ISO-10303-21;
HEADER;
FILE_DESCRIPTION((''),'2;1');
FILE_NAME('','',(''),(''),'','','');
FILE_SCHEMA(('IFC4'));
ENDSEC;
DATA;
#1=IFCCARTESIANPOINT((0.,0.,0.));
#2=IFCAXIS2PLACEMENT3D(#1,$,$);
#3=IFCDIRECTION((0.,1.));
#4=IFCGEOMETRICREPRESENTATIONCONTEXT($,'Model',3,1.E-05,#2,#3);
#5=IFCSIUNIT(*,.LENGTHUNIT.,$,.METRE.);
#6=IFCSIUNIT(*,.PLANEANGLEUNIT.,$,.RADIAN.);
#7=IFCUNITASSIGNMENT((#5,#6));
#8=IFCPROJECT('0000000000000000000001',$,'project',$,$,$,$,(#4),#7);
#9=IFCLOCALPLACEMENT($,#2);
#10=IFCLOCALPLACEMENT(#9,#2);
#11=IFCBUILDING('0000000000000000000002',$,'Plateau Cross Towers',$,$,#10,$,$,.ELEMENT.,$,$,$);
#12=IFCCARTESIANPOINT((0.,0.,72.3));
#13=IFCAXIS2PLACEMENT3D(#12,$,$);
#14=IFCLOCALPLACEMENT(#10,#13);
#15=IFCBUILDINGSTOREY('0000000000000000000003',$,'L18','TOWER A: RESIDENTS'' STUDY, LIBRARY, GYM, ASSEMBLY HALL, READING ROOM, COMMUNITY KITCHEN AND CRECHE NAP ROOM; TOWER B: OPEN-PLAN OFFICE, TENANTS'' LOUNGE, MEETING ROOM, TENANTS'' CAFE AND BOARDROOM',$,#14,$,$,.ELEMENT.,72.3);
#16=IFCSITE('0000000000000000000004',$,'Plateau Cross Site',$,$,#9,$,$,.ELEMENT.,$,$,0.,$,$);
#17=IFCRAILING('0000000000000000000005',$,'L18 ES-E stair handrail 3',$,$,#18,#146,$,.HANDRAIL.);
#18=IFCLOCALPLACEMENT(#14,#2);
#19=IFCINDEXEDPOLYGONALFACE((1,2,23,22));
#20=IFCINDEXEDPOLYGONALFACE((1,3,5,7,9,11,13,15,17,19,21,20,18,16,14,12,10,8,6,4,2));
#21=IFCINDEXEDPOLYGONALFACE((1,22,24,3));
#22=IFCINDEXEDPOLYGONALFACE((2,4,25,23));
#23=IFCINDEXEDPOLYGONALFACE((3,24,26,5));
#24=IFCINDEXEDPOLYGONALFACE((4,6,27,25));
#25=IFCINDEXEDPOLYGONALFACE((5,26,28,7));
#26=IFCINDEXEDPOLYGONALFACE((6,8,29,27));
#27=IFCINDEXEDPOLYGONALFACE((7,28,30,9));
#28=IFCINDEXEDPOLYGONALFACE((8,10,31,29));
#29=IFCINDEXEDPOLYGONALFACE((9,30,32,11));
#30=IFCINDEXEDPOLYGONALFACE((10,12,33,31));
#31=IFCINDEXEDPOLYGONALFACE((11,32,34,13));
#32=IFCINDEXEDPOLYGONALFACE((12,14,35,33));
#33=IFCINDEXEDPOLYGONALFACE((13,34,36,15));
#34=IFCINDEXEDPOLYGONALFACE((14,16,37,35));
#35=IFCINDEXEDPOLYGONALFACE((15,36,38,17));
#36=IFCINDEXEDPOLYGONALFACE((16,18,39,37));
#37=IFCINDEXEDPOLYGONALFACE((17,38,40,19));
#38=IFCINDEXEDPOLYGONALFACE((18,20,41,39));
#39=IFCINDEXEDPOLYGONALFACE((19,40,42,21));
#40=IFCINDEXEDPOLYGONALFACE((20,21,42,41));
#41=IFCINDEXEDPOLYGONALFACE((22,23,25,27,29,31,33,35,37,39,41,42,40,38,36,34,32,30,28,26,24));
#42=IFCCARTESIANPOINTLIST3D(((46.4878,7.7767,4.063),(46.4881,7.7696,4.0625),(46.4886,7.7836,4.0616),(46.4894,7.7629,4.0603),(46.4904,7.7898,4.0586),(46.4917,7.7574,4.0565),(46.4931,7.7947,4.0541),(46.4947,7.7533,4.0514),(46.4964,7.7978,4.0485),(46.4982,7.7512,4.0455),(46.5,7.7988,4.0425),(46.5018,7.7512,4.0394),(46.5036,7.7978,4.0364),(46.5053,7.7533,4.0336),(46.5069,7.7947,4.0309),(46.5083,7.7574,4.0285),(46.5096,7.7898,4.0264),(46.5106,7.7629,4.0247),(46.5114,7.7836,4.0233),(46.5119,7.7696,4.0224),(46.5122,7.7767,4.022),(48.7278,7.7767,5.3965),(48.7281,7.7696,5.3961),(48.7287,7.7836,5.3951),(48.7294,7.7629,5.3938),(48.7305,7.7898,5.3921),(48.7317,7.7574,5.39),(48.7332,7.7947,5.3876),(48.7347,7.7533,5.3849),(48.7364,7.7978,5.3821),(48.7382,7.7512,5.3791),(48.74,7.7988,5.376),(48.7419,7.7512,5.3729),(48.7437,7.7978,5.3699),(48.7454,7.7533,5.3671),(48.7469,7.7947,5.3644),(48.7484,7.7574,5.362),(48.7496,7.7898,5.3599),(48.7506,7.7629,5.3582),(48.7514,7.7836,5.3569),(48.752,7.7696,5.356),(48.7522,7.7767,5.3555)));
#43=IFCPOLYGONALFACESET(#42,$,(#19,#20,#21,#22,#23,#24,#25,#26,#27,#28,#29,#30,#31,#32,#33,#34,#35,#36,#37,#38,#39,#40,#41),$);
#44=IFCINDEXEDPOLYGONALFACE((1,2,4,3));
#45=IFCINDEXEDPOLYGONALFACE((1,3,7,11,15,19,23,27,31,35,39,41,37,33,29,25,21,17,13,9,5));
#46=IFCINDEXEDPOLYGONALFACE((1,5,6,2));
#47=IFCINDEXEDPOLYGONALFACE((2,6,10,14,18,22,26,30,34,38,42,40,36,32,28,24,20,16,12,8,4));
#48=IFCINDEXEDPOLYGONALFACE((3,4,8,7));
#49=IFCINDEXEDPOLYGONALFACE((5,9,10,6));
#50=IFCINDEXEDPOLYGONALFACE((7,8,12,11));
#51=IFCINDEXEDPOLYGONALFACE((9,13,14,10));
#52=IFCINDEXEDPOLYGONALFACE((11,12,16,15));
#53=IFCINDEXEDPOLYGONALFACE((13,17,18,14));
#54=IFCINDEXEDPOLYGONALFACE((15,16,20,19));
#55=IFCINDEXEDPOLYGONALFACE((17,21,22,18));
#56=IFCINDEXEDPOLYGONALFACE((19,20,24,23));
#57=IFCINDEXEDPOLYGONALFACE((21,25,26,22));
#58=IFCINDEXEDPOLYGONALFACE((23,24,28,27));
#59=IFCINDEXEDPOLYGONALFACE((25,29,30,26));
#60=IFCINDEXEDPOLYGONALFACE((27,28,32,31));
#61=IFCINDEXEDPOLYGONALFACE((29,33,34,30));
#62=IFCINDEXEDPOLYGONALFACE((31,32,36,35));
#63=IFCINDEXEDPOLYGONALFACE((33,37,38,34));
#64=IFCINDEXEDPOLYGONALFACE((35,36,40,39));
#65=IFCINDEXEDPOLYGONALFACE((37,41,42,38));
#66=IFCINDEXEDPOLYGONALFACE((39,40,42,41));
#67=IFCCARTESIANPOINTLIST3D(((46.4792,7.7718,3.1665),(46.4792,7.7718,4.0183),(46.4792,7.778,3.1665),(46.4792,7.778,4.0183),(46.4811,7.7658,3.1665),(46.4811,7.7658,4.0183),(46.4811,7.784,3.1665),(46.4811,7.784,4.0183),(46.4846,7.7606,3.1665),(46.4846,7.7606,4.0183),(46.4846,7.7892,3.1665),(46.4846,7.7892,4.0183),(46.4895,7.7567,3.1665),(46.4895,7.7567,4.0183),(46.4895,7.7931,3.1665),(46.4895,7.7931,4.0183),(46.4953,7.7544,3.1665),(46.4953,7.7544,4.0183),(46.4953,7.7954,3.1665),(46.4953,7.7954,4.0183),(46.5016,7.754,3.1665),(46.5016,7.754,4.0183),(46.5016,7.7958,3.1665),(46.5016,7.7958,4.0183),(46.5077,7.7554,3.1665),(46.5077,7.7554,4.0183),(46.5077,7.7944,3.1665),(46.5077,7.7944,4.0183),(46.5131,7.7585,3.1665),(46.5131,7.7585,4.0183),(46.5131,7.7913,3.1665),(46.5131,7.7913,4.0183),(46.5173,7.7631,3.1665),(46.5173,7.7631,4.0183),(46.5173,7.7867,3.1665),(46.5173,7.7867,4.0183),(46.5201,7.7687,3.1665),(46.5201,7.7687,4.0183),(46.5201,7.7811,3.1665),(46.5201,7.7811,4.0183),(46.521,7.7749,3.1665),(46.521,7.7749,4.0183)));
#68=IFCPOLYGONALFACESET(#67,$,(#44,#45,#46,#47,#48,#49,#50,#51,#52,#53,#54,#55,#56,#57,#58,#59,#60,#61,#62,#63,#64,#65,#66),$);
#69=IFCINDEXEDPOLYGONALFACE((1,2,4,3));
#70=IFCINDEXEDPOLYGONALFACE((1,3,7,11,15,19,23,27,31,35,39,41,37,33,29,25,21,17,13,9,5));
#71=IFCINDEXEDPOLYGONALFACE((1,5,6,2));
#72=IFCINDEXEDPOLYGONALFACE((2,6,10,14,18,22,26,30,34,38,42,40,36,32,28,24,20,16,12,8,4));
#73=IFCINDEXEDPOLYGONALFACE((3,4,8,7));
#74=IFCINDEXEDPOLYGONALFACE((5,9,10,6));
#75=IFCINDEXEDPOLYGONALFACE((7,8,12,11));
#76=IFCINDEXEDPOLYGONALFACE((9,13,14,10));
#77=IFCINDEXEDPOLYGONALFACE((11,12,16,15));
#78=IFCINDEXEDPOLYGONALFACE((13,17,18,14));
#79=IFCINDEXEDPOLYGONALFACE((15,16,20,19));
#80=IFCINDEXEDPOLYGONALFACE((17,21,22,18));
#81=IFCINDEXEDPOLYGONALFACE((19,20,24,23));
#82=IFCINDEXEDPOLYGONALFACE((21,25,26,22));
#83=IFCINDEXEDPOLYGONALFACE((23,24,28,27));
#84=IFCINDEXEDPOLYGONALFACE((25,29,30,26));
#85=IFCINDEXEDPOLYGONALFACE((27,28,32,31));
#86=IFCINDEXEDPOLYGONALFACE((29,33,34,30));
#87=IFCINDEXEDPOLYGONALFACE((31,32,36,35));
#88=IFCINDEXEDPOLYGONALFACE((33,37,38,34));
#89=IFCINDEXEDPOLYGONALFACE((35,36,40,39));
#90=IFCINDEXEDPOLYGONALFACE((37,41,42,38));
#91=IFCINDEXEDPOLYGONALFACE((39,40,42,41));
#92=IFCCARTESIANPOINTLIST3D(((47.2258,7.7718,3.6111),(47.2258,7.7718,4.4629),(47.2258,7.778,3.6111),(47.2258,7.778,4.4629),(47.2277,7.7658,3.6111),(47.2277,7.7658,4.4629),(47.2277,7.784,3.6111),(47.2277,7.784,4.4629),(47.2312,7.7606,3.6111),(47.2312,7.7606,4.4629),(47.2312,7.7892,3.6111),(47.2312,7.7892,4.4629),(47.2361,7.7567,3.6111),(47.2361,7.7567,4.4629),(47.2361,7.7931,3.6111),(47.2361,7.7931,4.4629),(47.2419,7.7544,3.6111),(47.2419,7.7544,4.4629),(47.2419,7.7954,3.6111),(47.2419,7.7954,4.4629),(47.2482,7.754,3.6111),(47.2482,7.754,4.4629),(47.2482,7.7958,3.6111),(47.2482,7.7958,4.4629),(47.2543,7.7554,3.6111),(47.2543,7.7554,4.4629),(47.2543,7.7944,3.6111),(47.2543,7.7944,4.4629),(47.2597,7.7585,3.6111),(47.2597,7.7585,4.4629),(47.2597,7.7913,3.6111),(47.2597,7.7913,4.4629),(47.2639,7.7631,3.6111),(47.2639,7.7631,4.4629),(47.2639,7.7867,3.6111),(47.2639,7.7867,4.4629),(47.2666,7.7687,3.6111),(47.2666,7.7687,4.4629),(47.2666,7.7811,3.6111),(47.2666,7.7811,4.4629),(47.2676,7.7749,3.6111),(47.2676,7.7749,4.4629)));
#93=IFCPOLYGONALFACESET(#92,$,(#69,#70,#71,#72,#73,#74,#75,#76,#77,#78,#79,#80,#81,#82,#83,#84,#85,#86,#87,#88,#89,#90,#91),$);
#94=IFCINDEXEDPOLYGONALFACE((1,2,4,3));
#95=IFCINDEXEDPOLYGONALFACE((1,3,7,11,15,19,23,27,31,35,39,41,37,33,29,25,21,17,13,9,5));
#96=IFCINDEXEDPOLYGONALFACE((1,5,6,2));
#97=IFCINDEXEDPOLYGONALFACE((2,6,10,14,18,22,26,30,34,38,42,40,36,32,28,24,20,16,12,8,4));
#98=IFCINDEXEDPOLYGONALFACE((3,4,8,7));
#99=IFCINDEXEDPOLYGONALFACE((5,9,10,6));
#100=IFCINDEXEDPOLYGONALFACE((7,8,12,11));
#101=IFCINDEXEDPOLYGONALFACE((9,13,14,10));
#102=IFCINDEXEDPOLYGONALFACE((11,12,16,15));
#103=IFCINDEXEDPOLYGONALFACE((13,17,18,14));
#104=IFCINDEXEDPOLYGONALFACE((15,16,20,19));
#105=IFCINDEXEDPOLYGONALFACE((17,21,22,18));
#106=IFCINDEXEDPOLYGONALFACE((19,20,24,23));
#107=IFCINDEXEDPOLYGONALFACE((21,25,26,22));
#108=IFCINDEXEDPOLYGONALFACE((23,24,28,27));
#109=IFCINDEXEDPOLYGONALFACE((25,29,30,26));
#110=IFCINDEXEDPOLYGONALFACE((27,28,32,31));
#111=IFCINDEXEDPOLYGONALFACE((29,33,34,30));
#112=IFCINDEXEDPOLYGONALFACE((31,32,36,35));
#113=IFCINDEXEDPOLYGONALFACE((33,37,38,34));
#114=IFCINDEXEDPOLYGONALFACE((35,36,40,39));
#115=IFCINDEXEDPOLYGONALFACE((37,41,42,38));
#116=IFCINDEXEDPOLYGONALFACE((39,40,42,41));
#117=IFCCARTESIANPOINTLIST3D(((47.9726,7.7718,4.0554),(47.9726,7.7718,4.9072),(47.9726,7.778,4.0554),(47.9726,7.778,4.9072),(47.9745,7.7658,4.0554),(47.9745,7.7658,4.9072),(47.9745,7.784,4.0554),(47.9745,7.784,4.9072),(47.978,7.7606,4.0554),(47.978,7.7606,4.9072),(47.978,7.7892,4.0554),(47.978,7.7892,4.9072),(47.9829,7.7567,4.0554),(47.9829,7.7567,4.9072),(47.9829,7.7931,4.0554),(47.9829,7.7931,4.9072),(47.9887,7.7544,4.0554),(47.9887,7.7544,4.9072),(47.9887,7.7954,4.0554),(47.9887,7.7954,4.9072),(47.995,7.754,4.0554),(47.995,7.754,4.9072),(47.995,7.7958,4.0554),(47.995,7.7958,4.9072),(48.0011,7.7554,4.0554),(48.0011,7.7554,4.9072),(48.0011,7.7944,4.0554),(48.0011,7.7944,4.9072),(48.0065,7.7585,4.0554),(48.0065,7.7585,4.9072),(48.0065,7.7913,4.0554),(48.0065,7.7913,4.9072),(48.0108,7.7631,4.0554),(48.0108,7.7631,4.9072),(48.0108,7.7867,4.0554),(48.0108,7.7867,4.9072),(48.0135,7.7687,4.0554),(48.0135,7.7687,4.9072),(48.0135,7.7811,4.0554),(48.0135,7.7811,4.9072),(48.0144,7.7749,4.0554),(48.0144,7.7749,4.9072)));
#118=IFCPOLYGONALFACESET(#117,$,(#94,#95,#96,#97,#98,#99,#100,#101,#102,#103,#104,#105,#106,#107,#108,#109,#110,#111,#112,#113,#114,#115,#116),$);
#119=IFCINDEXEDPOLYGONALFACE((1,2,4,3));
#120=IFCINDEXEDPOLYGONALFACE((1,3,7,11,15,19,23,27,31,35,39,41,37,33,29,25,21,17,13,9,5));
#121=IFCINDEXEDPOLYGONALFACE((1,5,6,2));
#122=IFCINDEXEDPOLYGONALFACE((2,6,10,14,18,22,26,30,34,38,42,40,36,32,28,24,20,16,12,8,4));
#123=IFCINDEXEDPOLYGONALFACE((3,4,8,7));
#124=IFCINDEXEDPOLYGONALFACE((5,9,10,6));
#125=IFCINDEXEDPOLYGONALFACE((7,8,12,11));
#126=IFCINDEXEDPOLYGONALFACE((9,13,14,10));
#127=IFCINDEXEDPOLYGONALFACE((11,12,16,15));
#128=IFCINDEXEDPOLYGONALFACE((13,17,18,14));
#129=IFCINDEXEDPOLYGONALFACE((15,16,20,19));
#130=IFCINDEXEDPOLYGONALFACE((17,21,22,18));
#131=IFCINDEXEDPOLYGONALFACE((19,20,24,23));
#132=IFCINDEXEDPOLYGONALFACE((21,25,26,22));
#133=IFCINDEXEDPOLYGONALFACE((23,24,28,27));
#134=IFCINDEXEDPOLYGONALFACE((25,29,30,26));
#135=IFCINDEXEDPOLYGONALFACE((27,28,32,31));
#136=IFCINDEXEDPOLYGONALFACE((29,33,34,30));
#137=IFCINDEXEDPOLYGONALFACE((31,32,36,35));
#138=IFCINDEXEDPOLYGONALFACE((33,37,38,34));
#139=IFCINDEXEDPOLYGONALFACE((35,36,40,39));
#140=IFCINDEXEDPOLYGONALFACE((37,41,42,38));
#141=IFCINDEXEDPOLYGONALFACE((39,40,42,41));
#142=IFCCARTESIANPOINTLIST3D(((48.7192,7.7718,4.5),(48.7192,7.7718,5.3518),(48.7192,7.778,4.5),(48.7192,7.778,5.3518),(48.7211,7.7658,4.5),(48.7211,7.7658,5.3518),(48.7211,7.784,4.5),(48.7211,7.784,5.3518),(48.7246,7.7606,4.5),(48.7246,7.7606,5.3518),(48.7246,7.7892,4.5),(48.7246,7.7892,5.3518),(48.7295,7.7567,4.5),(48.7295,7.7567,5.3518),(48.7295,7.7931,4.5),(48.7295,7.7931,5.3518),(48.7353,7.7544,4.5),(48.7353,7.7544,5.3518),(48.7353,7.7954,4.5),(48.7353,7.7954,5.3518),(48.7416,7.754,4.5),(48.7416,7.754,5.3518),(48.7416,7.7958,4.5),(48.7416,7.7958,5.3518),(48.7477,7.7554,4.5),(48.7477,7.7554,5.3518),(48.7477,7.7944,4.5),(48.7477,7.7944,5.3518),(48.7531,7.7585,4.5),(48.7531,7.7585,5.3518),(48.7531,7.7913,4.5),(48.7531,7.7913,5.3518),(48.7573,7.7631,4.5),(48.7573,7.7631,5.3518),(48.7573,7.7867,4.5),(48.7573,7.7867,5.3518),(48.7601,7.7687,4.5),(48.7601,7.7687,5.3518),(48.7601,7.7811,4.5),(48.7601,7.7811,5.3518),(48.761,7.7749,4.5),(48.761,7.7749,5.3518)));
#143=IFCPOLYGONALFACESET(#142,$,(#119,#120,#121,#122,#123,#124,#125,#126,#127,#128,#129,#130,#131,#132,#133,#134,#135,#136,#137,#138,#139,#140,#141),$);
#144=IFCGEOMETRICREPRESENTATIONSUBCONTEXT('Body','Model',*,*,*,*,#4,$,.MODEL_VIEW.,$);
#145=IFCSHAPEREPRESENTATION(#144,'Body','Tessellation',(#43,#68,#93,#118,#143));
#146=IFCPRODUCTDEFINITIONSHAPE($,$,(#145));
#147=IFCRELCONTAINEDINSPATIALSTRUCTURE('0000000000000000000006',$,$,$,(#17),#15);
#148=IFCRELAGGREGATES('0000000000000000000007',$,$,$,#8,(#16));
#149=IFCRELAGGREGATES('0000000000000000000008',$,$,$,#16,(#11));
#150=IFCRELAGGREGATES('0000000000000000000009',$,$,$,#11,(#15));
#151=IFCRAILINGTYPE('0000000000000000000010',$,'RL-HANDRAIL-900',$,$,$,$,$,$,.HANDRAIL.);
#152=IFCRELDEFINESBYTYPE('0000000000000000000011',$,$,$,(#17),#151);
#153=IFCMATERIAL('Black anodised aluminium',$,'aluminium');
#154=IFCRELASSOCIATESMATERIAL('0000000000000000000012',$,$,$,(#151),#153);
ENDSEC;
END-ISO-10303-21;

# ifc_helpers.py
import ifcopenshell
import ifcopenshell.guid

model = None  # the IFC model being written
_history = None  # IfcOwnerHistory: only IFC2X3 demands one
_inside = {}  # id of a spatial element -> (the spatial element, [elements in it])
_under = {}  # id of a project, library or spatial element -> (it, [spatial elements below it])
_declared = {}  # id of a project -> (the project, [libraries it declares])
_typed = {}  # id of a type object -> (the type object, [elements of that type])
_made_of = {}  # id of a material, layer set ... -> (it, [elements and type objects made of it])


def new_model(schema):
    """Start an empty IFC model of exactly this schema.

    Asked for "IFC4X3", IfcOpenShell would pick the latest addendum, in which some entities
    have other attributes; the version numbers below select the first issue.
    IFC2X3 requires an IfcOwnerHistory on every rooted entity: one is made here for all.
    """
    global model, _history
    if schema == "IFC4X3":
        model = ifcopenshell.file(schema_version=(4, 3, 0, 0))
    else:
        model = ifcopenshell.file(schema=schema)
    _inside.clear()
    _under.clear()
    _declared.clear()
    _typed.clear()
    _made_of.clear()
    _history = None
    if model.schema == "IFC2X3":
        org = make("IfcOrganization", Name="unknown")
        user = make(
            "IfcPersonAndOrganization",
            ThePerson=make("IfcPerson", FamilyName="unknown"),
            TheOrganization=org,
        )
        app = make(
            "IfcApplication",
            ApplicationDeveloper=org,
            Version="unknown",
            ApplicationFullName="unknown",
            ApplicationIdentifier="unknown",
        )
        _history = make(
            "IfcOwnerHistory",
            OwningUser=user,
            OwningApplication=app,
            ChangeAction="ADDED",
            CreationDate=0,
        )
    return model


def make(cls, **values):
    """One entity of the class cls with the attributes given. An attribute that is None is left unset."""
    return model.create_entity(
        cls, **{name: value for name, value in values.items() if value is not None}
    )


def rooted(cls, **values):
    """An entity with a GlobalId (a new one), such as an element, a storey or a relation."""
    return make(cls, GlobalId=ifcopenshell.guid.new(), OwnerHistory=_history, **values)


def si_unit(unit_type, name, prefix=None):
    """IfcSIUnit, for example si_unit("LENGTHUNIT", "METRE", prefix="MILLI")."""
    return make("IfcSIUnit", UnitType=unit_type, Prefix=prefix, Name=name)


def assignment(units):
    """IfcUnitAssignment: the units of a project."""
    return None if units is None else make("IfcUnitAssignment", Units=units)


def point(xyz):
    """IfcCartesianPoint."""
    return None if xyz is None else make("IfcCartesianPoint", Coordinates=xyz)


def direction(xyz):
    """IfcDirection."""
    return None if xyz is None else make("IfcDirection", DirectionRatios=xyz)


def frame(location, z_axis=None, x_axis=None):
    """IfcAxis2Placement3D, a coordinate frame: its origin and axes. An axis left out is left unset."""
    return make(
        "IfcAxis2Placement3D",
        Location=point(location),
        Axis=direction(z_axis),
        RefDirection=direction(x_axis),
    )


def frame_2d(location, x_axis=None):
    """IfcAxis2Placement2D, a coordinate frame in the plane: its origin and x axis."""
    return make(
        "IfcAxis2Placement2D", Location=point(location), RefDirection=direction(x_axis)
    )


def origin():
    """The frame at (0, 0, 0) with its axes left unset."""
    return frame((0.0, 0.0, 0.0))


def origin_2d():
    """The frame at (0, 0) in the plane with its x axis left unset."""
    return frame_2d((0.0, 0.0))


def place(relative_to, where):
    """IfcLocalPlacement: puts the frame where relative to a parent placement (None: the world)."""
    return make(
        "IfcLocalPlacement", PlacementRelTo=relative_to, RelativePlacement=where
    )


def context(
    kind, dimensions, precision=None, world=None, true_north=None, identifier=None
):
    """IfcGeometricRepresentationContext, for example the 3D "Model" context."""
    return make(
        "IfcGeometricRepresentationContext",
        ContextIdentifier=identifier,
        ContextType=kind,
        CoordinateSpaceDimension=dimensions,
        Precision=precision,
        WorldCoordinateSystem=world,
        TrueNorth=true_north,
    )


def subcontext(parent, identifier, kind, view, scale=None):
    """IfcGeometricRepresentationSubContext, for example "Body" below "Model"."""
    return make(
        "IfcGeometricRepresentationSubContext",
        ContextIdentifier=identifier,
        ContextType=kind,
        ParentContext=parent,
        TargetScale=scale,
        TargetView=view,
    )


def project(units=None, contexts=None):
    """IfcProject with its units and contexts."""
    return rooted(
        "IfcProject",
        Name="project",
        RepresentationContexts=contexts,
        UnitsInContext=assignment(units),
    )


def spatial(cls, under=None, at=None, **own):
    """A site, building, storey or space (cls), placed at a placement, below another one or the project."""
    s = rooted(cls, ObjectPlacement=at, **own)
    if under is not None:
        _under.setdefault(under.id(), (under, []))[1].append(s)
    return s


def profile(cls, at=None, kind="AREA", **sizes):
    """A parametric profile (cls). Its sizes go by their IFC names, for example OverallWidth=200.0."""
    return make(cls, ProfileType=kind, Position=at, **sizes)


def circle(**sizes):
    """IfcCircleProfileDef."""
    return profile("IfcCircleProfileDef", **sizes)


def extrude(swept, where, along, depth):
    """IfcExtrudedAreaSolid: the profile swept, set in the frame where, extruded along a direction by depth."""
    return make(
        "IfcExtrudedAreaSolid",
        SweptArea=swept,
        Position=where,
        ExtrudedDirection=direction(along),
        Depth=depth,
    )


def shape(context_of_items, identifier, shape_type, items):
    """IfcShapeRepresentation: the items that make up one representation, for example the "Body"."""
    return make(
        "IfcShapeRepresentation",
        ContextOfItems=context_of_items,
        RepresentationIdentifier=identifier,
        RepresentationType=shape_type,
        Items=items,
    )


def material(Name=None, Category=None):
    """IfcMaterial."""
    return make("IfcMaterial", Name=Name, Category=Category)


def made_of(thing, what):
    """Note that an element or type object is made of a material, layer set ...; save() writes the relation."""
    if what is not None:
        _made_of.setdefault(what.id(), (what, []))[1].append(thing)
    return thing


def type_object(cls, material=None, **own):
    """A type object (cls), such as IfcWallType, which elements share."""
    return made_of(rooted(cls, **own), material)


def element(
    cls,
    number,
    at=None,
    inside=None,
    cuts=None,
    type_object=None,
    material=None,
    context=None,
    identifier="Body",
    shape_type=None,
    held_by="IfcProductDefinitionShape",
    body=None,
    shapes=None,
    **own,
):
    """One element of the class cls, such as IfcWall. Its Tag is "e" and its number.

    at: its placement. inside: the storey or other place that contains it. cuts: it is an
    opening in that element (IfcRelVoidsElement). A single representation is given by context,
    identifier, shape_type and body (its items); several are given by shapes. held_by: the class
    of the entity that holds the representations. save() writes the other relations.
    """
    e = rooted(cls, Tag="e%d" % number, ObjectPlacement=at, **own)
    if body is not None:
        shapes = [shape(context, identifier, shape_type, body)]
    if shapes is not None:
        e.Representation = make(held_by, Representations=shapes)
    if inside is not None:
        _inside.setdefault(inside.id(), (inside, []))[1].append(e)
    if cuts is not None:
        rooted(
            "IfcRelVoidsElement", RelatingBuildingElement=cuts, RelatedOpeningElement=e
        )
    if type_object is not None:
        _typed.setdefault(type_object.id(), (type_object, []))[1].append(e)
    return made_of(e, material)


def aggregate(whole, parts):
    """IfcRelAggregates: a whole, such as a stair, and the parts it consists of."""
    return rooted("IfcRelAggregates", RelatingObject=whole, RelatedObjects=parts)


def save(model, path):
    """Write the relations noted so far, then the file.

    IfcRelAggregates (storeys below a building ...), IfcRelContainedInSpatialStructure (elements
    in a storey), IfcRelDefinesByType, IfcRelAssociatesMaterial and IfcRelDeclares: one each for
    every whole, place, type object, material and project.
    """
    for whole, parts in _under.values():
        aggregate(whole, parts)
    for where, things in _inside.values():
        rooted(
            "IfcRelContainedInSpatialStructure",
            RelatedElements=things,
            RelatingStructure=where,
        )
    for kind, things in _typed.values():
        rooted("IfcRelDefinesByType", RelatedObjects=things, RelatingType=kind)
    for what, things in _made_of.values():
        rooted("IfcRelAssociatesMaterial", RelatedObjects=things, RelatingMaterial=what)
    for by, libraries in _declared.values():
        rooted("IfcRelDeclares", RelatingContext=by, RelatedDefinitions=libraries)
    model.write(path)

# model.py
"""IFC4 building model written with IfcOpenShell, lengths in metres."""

from ifc_helpers import new_model, si_unit, direction, frame, origin, origin_2d, place, context, subcontext, project, spatial, circle, extrude, material, type_object, element, save


model = new_model("IFC4")

# Units and contexts
model_context = context("Model", 3, precision=1e-05, world=origin(), true_north=direction((0.0, 1.0)))
body_context = subcontext(model_context, "Body", "Model", "MODEL_VIEW")
ifc_project = project(units=[si_unit("LENGTHUNIT", "METRE"), si_unit("PLANEANGLEUNIT", "RADIAN")], contexts=[model_context])

# Site, building, storey
site_placement = place(None, origin())
site = spatial("IfcSite", under=ifc_project, at=site_placement, Name="Plateau Cross Site", CompositionType="ELEMENT", RefElevation=0.0)
building_placement = place(site_placement, origin())
building = spatial("IfcBuilding", under=site, at=building_placement, Name="Plateau Cross Towers", CompositionType="ELEMENT")
storey_placement = place(building_placement, frame((0.0, 0.0, 72.3)))
storey = spatial("IfcBuildingStorey", under=building, at=storey_placement, Name="L18", Description="TOWER A: RESIDENTS' STUDY, LIBRARY, GYM, ASSEMBLY HALL, READING ROOM, COMMUNITY KITCHEN AND CRECHE NAP ROOM; TOWER B: OPEN-PLAN OFFICE, TENANTS' LOUNGE, MEETING ROOM, TENANTS' CAFE AND BOARDROOM", CompositionType="ELEMENT", Elevation=72.3)

# Shared definitions
ifc_material_1 = material(Name="Black anodised aluminium", Category="aluminium")

# Railing
railing_type_1 = type_object("IfcRailingType", Name="RL-HANDRAIL-900", PredefinedType="HANDRAIL", material=ifc_material_1)
for number, where, name in (
    (1, (46.5, 7.7749, 3.1665), "L18 ES-E stair handrail 3"),
):
    element("IfcRailing", number, at=place(storey_placement, frame(where)), inside=storey, type_object=railing_type_1, Name=name, PredefinedType="HANDRAIL", context=body_context, shape_type="SweptSolid", body=[
        extrude(circle(Radius=0.0239, at=origin_2d()), frame((0.0, 0.0, 0.876), z_axis=(0.859264, 0.0, 0.511532), x_axis=(0.0, 1.0, 0.0)), (0.0, 0.0, 1.0), 2.6069),
        extrude(circle(Radius=0.021, at=origin_2d()), origin(), (0.0, 0.0, 1.0), 0.8518),
        extrude(circle(Radius=0.021, at=origin_2d()), frame((0.7466, 0.0, 0.4446)), (0.0, 0.0, 1.0), 0.8518),
        extrude(circle(Radius=0.021, at=origin_2d()), frame((1.4934, 0.0, 0.8889)), (0.0, 0.0, 1.0), 0.8518),
        extrude(circle(Radius=0.021, at=origin_2d()), frame((2.24, 0.0, 1.3335)), (0.0, 0.0, 1.0), 0.8518),
    ])

save(model, "model.ifc")
